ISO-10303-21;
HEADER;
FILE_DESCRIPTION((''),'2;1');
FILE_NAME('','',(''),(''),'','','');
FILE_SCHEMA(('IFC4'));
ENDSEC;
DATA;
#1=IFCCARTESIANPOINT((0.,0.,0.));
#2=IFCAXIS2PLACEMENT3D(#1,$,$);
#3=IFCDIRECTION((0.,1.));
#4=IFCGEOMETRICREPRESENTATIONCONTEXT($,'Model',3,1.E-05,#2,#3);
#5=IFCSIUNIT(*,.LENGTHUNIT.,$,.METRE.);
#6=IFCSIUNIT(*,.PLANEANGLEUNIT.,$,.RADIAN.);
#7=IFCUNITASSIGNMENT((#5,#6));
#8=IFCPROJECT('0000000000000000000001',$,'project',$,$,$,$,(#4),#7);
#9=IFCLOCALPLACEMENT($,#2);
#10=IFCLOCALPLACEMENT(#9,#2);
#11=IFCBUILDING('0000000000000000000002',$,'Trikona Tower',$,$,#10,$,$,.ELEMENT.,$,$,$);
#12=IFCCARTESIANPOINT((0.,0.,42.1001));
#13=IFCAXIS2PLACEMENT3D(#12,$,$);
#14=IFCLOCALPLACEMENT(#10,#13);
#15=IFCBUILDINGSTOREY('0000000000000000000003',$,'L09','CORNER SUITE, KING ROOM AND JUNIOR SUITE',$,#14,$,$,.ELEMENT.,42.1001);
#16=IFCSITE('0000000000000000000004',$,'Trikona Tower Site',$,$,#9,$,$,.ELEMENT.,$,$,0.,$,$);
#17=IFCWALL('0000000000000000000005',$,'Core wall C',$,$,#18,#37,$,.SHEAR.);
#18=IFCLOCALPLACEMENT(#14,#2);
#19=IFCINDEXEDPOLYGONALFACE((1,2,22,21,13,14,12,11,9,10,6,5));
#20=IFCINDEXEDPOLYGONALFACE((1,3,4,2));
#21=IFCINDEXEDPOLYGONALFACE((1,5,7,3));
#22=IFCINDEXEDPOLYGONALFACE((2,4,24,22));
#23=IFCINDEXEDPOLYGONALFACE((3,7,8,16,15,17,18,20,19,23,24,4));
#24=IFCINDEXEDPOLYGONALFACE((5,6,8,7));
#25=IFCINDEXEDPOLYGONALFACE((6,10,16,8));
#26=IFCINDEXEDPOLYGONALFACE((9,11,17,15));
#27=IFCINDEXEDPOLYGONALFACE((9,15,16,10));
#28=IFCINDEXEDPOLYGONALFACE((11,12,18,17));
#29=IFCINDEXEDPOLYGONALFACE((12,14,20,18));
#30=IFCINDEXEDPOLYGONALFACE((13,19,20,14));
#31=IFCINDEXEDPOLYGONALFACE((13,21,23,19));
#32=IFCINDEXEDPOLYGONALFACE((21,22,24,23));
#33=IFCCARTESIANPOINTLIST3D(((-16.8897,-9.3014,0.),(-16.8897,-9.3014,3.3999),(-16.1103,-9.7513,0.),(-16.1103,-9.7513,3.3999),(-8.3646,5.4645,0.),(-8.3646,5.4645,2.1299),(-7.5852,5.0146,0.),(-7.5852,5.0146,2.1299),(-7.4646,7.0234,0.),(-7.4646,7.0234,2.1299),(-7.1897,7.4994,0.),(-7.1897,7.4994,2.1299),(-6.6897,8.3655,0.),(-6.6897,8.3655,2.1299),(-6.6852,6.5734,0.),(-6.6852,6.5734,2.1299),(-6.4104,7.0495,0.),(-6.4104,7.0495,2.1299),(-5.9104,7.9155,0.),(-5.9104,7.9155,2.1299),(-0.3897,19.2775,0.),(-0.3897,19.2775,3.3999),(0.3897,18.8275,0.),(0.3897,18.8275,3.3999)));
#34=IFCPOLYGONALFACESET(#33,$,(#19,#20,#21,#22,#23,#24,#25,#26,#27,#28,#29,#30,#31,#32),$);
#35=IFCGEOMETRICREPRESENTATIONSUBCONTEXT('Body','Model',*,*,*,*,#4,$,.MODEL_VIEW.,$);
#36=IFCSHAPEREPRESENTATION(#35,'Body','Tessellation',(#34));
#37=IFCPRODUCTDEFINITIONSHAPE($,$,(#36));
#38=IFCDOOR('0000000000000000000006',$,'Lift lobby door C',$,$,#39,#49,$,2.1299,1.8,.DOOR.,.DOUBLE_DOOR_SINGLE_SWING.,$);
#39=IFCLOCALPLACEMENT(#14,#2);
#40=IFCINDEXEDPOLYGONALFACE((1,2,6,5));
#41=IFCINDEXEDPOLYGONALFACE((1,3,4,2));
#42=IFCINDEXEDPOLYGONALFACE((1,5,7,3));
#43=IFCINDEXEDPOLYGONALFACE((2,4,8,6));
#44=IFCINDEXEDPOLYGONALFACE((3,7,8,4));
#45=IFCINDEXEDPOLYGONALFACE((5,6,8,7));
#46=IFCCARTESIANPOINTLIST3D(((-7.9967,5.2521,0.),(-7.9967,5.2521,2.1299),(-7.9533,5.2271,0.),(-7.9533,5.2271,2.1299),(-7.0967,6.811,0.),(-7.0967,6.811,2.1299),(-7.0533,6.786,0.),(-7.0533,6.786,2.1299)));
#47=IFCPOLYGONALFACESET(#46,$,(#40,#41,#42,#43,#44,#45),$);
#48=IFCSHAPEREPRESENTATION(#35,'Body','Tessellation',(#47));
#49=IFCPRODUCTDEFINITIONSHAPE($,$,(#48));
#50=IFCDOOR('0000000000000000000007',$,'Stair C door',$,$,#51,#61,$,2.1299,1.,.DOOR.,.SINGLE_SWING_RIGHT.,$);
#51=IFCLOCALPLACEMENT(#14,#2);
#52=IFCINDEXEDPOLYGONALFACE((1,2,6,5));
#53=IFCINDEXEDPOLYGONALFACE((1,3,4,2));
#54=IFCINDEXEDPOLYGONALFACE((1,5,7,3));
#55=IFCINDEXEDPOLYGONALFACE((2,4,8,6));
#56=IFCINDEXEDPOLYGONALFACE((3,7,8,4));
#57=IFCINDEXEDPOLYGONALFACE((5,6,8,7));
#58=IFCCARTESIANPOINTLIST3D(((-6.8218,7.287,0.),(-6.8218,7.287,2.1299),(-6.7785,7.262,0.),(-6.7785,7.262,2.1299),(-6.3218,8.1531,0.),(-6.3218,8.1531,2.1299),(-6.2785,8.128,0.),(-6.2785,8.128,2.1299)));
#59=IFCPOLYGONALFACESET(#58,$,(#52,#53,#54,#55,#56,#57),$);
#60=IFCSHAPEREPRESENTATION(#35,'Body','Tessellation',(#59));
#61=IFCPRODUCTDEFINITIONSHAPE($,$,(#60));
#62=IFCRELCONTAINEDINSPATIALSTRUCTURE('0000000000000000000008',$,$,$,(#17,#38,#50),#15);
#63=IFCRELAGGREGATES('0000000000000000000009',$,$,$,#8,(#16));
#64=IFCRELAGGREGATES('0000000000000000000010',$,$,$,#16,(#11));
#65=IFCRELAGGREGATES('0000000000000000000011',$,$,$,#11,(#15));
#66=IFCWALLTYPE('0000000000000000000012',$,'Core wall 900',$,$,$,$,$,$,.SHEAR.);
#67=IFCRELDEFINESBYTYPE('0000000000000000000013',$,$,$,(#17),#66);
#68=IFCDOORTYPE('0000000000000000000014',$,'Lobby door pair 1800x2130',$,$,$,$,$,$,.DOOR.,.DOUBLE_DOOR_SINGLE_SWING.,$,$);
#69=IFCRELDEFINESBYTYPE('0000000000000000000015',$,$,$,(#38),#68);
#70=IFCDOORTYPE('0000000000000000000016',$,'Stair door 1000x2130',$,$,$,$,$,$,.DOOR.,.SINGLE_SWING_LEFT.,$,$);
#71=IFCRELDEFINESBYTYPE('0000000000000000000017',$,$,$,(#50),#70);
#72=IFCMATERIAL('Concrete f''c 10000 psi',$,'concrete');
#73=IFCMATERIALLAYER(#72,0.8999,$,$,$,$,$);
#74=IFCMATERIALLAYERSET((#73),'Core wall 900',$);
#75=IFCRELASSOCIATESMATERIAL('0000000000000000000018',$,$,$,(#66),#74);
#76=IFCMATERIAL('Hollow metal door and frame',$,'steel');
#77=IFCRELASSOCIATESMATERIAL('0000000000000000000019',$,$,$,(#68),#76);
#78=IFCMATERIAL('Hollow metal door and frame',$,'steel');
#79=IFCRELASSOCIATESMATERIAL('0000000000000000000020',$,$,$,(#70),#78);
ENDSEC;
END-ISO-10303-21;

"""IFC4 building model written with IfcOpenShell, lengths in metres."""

from ifc_helpers import new_model, si_unit, direction, frame, frame_2d, origin, place, context, subcontext, project, spatial, rectangle, extrude, material, layer, layer_set, type_object, element, fill, save


model = new_model("IFC4")

# Units and contexts
model_context = context("Model", 3, precision=1e-05, world=origin(), true_north=direction((0.0, 1.0)))
body_context = subcontext(model_context, "Body", "Model", "MODEL_VIEW")
ifc_project = project(units=[si_unit("LENGTHUNIT", "METRE"), si_unit("PLANEANGLEUNIT", "RADIAN")], contexts=[model_context])

# Site, building, storey
site_placement = place(None, origin())
site = spatial("IfcSite", under=ifc_project, at=site_placement, Name="Trikona Tower Site", CompositionType="ELEMENT", RefElevation=0.0)
building_placement = place(site_placement, origin())
building = spatial("IfcBuilding", under=site, at=building_placement, Name="Trikona Tower", CompositionType="ELEMENT")
storey_placement = place(building_placement, frame((0.0, 0.0, 42.1001)))
storey = spatial("IfcBuildingStorey", under=building, at=storey_placement, Name="L09", Description="CORNER SUITE, KING ROOM AND JUNIOR SUITE", CompositionType="ELEMENT", Elevation=42.1001)

# Wall, openings, doors
ifc_material_1 = material(Name="Concrete f'c 10000 psi", Category="concrete")
ifc_layer_1 = layer(ifc_material_1, 0.8999)
ifc_layer_set_1 = layer_set([ifc_layer_1], Name="Core wall 900")
wall_type_1 = type_object("IfcWallType", Name="Core wall 900", PredefinedType="SHEAR", material=ifc_layer_set_1)
wall_1_placement = place(storey_placement, frame((0.0, 19.0525, 0.0), z_axis=(0.0, 0.0, 1.0), x_axis=(-0.5, -0.866026, 0.0)))
wall_1 = element("IfcWall", 1, at=wall_1_placement, inside=storey, type_object=wall_type_1, Name="Core wall C", PredefinedType="SHEAR", context=body_context, shape_type="SweptSolid", body=[
    extrude(rectangle(XDim=33.0, YDim=0.8999, at=frame_2d((16.5, 0.0))), origin(), (0.0, 0.0, 1.0), 3.3999),
])
opening_1_placement = place(wall_1_placement, frame((14.1499, 0.0, 0.0)))
opening_1 = element("IfcOpeningElement", 2, at=opening_1_placement, cuts=wall_1, PredefinedType="OPENING", context=body_context, shape_type="SweptSolid", body=[
    extrude(rectangle(XDim=1.8, YDim=2.1299, at=frame_2d((0.8999, 1.0649))), frame((0.0, 0.46, 0.0), z_axis=(0.0, -1.0, 0.0), x_axis=(1.0, 0.0, 0.0)), (0.0, 0.0, 1.0), 0.9199),
])
opening_2_placement = place(wall_1_placement, frame((12.6001, 0.0, 0.0)))
opening_2 = element("IfcOpeningElement", 3, at=opening_2_placement, cuts=wall_1, PredefinedType="OPENING", context=body_context, shape_type="SweptSolid", body=[
    extrude(rectangle(XDim=1.0, YDim=2.1299, at=frame_2d((0.5, 1.0649))), frame((0.0, 0.46, 0.0), z_axis=(0.0, -1.0, 0.0), x_axis=(1.0, 0.0, 0.0)), (0.0, 0.0, 1.0), 0.9199),
])
ifc_material_2 = material(Name="Hollow metal door and frame", Category="steel")
door_type_1 = type_object("IfcDoorType", Name="Lobby door pair 1800x2130", OperationType="DOUBLE_DOOR_SINGLE_SWING", PredefinedType="DOOR", material=ifc_material_2)
door_1_placement = place(opening_1_placement, origin())
door_1 = element("IfcDoor", 4, at=door_1_placement, inside=storey, type_object=door_type_1, Name="Lift lobby door C", OperationType="DOUBLE_DOOR_SINGLE_SWING", OverallHeight=2.1299, OverallWidth=1.8, PredefinedType="DOOR", context=body_context, shape_type="SweptSolid", body=[
    extrude(rectangle(XDim=1.8, YDim=2.1299, at=frame_2d((0.8999, 1.0649))), frame((0.0, 0.0249, 0.0), z_axis=(0.0, -1.0, 0.0), x_axis=(1.0, 0.0, 0.0)), (0.0, 0.0, 1.0), 0.05),
])
fill(opening_1, door_1)
ifc_material_3 = material(Name="Hollow metal door and frame", Category="steel")
door_type_2 = type_object("IfcDoorType", Name="Stair door 1000x2130", OperationType="SINGLE_SWING_LEFT", PredefinedType="DOOR", material=ifc_material_3)
door_2_placement = place(opening_2_placement, origin())
door_2 = element("IfcDoor", 5, at=door_2_placement, inside=storey, type_object=door_type_2, Name="Stair C door", OperationType="SINGLE_SWING_RIGHT", OverallHeight=2.1299, OverallWidth=1.0, PredefinedType="DOOR", context=body_context, shape_type="SweptSolid", body=[
    extrude(rectangle(XDim=1.0, YDim=2.1299, at=frame_2d((0.5, 1.0649))), frame((0.0, 0.0249, 0.0), z_axis=(0.0, -1.0, 0.0), x_axis=(1.0, 0.0, 0.0)), (0.0, 0.0, 1.0), 0.05),
])
fill(opening_2, door_2)

save(model, "model.ifc")
